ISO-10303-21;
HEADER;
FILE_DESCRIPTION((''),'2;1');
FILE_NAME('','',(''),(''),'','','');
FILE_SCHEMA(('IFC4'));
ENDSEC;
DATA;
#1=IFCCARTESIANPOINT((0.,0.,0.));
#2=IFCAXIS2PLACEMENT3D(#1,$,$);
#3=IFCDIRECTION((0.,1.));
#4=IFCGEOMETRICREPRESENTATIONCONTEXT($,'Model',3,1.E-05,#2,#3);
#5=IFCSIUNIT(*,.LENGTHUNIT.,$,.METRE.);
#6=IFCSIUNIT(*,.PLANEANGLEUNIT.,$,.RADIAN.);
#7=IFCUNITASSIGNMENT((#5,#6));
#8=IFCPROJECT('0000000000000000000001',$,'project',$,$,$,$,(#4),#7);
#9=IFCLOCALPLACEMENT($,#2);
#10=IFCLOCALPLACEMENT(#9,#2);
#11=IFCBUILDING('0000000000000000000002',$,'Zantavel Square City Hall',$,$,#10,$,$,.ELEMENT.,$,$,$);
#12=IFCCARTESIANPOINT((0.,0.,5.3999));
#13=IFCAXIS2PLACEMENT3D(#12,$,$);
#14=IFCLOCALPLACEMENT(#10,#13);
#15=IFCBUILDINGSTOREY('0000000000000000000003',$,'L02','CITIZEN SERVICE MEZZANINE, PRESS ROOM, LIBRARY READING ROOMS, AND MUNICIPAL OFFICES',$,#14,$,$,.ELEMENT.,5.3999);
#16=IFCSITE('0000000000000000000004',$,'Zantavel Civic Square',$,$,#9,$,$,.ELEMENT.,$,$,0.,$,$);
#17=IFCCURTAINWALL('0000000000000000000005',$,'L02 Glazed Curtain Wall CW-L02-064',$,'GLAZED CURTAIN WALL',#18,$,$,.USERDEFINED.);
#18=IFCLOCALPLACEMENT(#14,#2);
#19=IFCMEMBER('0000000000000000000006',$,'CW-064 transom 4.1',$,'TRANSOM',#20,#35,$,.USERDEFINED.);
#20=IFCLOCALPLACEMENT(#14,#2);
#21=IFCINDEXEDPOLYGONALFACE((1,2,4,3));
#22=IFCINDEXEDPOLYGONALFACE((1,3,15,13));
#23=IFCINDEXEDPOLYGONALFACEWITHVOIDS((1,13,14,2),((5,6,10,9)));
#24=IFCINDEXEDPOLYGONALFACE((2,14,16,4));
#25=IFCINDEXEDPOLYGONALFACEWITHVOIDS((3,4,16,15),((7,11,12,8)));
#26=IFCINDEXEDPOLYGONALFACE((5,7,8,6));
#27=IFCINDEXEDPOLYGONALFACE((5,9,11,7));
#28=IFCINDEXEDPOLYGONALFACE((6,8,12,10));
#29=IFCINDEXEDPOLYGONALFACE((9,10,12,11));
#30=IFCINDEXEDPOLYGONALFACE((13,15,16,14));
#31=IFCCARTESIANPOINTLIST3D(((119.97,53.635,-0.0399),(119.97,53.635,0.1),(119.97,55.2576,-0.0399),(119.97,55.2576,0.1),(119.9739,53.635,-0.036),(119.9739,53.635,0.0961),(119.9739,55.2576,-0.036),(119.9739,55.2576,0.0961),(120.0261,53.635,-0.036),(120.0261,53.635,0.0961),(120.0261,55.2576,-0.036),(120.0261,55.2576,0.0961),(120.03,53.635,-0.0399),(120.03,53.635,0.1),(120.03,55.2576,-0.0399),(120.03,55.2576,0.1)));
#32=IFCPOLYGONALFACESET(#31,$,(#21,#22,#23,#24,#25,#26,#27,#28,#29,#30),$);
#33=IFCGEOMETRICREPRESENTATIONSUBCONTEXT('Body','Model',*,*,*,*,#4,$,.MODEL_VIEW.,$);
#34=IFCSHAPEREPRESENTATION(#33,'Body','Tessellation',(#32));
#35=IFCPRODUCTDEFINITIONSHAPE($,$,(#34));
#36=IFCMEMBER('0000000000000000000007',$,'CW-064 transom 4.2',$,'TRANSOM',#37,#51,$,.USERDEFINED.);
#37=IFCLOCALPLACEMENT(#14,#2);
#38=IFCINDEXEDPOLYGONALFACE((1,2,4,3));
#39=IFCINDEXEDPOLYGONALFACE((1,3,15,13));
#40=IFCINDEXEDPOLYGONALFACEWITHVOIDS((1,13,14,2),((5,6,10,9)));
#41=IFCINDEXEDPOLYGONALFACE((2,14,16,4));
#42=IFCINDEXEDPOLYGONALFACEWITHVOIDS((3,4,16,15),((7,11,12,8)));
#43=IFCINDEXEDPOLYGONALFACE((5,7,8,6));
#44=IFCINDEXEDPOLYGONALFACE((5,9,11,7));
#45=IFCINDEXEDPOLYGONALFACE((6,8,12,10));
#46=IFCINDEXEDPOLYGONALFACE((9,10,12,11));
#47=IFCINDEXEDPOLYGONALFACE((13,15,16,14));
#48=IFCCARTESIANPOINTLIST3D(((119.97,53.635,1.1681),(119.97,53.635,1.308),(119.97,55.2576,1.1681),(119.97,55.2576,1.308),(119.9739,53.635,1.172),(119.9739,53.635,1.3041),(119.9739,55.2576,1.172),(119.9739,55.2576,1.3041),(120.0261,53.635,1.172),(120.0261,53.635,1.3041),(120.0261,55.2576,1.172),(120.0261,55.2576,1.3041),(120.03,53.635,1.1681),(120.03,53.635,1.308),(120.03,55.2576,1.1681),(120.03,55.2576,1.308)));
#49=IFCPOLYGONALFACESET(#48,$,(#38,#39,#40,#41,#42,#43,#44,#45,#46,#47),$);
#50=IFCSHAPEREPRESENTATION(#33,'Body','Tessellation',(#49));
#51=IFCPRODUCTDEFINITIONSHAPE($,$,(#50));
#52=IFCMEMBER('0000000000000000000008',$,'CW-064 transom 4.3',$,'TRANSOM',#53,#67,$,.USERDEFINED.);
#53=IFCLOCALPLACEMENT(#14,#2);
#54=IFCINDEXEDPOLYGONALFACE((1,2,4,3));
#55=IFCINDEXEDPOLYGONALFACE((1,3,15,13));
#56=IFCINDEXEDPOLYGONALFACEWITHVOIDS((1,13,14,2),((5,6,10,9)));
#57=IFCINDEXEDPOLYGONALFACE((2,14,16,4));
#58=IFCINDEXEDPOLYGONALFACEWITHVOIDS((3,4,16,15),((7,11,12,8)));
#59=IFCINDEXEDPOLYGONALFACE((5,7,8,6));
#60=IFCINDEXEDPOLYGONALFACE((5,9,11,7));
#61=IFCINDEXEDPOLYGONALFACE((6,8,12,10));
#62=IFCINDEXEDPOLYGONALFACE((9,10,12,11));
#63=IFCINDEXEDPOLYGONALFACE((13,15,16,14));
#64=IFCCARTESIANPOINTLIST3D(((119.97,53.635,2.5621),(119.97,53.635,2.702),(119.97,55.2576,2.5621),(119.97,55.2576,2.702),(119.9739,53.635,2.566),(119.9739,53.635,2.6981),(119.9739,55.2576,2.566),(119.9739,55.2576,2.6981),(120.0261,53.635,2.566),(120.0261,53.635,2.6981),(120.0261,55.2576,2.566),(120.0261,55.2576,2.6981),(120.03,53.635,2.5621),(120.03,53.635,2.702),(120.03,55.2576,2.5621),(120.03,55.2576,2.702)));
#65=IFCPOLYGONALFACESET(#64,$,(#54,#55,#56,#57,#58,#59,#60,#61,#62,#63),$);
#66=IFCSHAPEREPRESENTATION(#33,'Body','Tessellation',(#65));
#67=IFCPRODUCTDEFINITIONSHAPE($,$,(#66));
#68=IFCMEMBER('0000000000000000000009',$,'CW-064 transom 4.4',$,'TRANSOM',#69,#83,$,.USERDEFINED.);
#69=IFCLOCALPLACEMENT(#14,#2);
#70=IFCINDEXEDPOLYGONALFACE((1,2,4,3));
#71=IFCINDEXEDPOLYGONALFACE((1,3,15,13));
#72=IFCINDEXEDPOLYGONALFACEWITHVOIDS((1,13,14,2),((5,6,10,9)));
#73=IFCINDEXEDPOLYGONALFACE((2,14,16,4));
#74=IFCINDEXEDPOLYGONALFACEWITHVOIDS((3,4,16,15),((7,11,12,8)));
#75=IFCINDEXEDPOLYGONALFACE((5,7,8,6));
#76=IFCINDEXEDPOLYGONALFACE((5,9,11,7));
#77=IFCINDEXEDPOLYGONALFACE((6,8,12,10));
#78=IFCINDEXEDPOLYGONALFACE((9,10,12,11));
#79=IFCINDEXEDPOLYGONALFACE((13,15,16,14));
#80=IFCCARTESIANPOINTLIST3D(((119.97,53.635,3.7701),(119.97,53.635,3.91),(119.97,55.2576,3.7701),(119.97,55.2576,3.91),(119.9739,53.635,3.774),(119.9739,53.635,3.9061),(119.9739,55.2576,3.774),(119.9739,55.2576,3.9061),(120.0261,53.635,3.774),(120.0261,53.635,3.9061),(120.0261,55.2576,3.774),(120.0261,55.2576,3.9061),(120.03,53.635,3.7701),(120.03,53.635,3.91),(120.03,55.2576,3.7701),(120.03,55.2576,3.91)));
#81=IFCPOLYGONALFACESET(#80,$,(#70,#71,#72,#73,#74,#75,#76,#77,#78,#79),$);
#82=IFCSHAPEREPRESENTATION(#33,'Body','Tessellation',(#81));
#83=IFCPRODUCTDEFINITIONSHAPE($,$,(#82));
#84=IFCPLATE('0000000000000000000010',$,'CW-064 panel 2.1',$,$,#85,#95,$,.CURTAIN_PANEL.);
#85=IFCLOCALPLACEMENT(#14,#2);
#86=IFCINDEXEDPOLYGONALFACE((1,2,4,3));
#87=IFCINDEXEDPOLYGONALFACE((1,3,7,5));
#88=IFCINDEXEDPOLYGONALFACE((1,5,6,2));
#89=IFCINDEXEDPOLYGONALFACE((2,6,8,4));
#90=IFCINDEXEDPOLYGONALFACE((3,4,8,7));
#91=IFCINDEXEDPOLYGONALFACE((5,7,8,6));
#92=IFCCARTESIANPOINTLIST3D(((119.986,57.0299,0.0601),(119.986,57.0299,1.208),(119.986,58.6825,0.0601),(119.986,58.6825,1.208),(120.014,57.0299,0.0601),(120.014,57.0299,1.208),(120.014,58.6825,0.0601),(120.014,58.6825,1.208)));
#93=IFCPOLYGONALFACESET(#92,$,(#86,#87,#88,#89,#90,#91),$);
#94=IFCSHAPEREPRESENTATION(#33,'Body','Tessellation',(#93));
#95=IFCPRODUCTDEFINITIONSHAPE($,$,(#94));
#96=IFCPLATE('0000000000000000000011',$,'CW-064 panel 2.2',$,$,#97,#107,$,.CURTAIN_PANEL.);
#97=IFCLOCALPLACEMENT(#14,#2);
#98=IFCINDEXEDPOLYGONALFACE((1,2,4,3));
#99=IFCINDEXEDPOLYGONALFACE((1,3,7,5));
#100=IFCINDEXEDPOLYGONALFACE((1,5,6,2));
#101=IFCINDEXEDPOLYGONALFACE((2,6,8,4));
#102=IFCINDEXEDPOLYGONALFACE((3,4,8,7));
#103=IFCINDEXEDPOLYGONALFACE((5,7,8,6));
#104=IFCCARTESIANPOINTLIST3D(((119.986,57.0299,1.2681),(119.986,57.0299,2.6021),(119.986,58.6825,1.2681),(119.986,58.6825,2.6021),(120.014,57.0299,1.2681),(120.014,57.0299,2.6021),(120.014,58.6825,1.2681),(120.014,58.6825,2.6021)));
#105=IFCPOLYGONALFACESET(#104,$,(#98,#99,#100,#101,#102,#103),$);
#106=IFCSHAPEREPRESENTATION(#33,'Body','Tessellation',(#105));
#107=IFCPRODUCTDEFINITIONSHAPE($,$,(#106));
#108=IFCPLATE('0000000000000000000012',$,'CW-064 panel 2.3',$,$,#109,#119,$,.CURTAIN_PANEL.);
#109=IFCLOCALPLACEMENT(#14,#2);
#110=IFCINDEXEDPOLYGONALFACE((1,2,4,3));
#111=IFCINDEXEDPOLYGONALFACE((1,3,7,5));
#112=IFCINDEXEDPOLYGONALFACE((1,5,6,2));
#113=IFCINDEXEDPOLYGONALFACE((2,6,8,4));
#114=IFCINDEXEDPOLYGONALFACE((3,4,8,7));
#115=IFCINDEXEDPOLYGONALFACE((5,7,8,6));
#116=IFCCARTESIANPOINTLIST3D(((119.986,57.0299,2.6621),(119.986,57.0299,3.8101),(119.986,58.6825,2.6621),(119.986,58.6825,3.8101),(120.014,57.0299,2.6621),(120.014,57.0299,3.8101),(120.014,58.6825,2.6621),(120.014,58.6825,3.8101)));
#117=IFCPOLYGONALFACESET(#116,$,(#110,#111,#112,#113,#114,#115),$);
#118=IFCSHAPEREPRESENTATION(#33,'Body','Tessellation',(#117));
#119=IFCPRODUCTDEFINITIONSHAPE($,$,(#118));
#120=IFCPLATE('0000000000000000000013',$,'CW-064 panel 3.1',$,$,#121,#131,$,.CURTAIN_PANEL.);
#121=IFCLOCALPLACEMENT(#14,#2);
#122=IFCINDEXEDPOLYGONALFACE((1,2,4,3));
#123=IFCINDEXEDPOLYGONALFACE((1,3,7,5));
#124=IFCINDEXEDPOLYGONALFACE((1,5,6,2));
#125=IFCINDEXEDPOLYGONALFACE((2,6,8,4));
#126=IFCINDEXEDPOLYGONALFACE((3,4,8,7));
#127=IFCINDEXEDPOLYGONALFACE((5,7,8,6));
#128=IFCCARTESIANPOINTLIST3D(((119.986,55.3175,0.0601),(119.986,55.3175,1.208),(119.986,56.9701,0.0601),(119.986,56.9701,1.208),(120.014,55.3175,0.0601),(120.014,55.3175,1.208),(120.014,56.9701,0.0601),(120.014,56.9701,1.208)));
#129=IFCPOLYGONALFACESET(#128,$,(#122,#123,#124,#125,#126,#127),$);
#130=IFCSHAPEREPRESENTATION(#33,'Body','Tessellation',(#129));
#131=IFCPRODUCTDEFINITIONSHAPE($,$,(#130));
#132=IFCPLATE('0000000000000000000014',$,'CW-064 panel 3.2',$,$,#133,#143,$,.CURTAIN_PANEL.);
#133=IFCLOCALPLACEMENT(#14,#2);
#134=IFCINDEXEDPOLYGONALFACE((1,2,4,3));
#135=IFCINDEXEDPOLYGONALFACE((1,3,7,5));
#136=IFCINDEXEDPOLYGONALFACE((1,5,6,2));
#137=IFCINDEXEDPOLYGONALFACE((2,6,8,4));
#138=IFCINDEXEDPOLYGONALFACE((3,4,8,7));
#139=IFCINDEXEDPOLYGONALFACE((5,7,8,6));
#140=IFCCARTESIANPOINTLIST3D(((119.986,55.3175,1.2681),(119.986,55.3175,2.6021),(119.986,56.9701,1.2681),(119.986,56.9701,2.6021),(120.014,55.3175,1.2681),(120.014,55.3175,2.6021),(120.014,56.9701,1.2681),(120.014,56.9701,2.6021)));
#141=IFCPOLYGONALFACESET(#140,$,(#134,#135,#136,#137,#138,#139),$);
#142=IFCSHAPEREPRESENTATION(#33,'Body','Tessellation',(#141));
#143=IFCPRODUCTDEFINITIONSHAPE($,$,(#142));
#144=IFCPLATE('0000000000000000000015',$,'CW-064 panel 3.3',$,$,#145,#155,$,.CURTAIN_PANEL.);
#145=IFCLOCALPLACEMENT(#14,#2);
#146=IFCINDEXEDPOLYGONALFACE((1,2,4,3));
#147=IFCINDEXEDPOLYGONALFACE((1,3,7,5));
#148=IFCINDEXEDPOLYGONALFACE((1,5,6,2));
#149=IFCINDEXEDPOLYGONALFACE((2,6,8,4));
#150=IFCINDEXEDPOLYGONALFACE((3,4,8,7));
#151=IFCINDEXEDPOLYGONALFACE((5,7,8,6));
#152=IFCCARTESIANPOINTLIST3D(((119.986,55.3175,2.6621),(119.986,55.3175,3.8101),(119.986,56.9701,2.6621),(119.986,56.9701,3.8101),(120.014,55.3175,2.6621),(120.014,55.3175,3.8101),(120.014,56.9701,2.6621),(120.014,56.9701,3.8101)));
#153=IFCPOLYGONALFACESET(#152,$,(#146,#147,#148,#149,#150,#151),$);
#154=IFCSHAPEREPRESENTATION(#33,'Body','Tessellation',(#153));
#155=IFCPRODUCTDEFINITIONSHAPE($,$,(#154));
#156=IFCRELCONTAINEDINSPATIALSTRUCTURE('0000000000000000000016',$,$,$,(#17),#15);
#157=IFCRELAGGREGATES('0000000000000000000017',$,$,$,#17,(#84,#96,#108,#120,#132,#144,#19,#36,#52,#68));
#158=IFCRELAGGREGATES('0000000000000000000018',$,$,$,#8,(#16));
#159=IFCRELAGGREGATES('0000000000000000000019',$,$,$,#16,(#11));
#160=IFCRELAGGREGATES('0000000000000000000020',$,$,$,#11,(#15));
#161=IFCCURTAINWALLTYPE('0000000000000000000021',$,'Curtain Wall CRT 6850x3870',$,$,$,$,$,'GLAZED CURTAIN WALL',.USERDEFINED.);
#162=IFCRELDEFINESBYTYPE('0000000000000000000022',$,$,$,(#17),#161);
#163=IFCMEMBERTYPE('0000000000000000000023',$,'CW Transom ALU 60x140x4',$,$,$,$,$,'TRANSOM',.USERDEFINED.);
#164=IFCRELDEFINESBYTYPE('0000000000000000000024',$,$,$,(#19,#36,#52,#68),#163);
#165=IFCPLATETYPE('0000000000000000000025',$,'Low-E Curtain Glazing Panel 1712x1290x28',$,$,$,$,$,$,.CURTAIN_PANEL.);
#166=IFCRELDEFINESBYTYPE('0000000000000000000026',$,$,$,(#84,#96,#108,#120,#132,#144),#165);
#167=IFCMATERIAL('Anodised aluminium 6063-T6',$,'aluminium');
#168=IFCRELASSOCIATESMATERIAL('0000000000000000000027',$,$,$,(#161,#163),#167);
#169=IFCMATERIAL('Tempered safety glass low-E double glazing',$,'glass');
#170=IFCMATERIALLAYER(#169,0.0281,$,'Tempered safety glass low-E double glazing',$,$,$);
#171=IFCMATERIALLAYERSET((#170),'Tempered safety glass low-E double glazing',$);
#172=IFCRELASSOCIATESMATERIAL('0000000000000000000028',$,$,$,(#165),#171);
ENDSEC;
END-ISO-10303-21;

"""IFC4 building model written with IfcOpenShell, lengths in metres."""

from ifc_helpers import new_model, si_unit, direction, frame, origin, origin_2d, place, context, subcontext, project, spatial, rectangle, hollow_rectangle, extrude, material, layer, layer_set, material_profile, profile_set, type_object, element, aggregate, save


model = new_model("IFC4")

# Units and contexts
model_context = context("Model", 3, precision=1e-05, world=origin(), true_north=direction((0.0, 1.0)))
body_context = subcontext(model_context, "Body", "Model", "MODEL_VIEW")
ifc_project = project(units=[si_unit("LENGTHUNIT", "METRE"), si_unit("PLANEANGLEUNIT", "RADIAN")], contexts=[model_context])

# Site, building, storey
site_placement = place(None, origin())
site = spatial("IfcSite", under=ifc_project, at=site_placement, Name="Zantavel Civic Square", CompositionType="ELEMENT", RefElevation=0.0)
building_placement = place(site_placement, origin())
building = spatial("IfcBuilding", under=site, at=building_placement, Name="Zantavel Square City Hall", CompositionType="ELEMENT")
storey_placement = place(building_placement, frame((0.0, 0.0, 5.3999)))
storey = spatial("IfcBuildingStorey", under=building, at=storey_placement, Name="L02", Description="CITIZEN SERVICE MEZZANINE, PRESS ROOM, LIBRARY READING ROOMS, AND MUNICIPAL OFFICES", CompositionType="ELEMENT", Elevation=5.3999)

# Curtain wall, members, plates
ifc_material_1 = material(Name="Anodised aluminium 6063-T6", Category="aluminium")
curtain_wall_type = type_object("IfcCurtainWallType", Name="Curtain Wall CRT 6850x3870", ElementType="GLAZED CURTAIN WALL", PredefinedType="USERDEFINED", material=ifc_material_1)
curtain_wall_placement = place(storey_placement, origin())
curtain_wall = element("IfcCurtainWall", 1, at=curtain_wall_placement, inside=storey, type_object=curtain_wall_type, Name="L02 Glazed Curtain Wall CW-L02-064", ObjectType="GLAZED CURTAIN WALL", PredefinedType="USERDEFINED")
ifc_material_profile_1 = material_profile(ifc_material_1, hollow_rectangle(XDim=0.0601, YDim=0.1399, WallThickness=0.0039, at=origin_2d()), Name="ALU 60x140x4")
ifc_profile_set_1 = profile_set([ifc_material_profile_1], Name="Anodised aluminium 6063-T6")
member_type_1 = type_object("IfcMemberType", Name="CW Transom ALU 60x140x4", ElementType="TRANSOM", PredefinedType="USERDEFINED", material=ifc_profile_set_1)
member_1_placement = place(storey_placement, frame((120.0, 55.2576, 0.03), z_axis=(0.0, -1.0, 0.0), x_axis=(1.0, 0.0, 0.0)))
member_1 = element("IfcMember", 2, at=member_1_placement, type_object=member_type_1, Name="CW-064 transom 4.1", ObjectType="TRANSOM", PredefinedType="USERDEFINED", context=body_context, shape_type="SweptSolid", body=[
    extrude(hollow_rectangle(XDim=0.0601, YDim=0.1399, WallThickness=0.0039, at=origin_2d()), origin(), (0.0, 0.0, 1.0), 1.6226),
])
member_2_placement = place(storey_placement, frame((120.0, 55.2576, 1.238), z_axis=(0.0, -1.0, 0.0), x_axis=(1.0, 0.0, 0.0)))
member_2 = element("IfcMember", 3, at=member_2_placement, type_object=member_type_1, Name="CW-064 transom 4.2", ObjectType="TRANSOM", PredefinedType="USERDEFINED", context=body_context, shape_type="SweptSolid", body=[
    extrude(hollow_rectangle(XDim=0.0601, YDim=0.1399, WallThickness=0.0039, at=origin_2d()), origin(), (0.0, 0.0, 1.0), 1.6226),
])
member_3_placement = place(storey_placement, frame((120.0, 55.2576, 2.6321), z_axis=(0.0, -1.0, 0.0), x_axis=(1.0, 0.0, 0.0)))
member_3 = element("IfcMember", 4, at=member_3_placement, type_object=member_type_1, Name="CW-064 transom 4.3", ObjectType="TRANSOM", PredefinedType="USERDEFINED", context=body_context, shape_type="SweptSolid", body=[
    extrude(hollow_rectangle(XDim=0.0601, YDim=0.1399, WallThickness=0.0039, at=origin_2d()), origin(), (0.0, 0.0, 1.0), 1.6226),
])
member_4_placement = place(storey_placement, frame((120.0, 55.2576, 3.8401), z_axis=(0.0, -1.0, 0.0), x_axis=(1.0, 0.0, 0.0)))
member_4 = element("IfcMember", 5, at=member_4_placement, type_object=member_type_1, Name="CW-064 transom 4.4", ObjectType="TRANSOM", PredefinedType="USERDEFINED", context=body_context, shape_type="SweptSolid", body=[
    extrude(hollow_rectangle(XDim=0.0601, YDim=0.1399, WallThickness=0.0039, at=origin_2d()), origin(), (0.0, 0.0, 1.0), 1.6226),
])
ifc_material_2 = material(Name="Tempered safety glass low-E double glazing", Category="glass")
ifc_layer = layer(ifc_material_2, 0.0281, Name="Tempered safety glass low-E double glazing")
ifc_layer_set = layer_set([ifc_layer], Name="Tempered safety glass low-E double glazing")
plate_type = type_object("IfcPlateType", Name="Low-E Curtain Glazing Panel 1712x1290x28", PredefinedType="CURTAIN_PANEL", material=ifc_layer_set)
plate_1_placement = place(storey_placement, frame((120.0, 57.8562, 0.0601), z_axis=(0.0, 0.0, 1.0), x_axis=(0.0, -1.0, 0.0)))
plate_1 = element("IfcPlate", 6, at=plate_1_placement, type_object=plate_type, Name="CW-064 panel 2.1", PredefinedType="CURTAIN_PANEL", context=body_context, shape_type="SweptSolid", body=[
    extrude(rectangle(XDim=1.6526, YDim=0.0281, at=origin_2d()), origin(), (0.0, 0.0, 1.0), 1.1479),
])
plate_2_placement = place(storey_placement, frame((120.0, 57.8562, 1.2681), z_axis=(0.0, 0.0, 1.0), x_axis=(0.0, -1.0, 0.0)))
plate_2 = element("IfcPlate", 7, at=plate_2_placement, type_object=plate_type, Name="CW-064 panel 2.2", PredefinedType="CURTAIN_PANEL", context=body_context, shape_type="SweptSolid", body=[
    extrude(rectangle(XDim=1.6526, YDim=0.0281, at=origin_2d()), origin(), (0.0, 0.0, 1.0), 1.334),
])
plate_3_placement = place(storey_placement, frame((120.0, 57.8562, 2.6621), z_axis=(0.0, 0.0, 1.0), x_axis=(0.0, -1.0, 0.0)))
plate_3 = element("IfcPlate", 8, at=plate_3_placement, type_object=plate_type, Name="CW-064 panel 2.3", PredefinedType="CURTAIN_PANEL", context=body_context, shape_type="SweptSolid", body=[
    extrude(rectangle(XDim=1.6526, YDim=0.0281, at=origin_2d()), origin(), (0.0, 0.0, 1.0), 1.1479),
])
plate_4_placement = place(storey_placement, frame((120.0, 56.1438, 0.0601), z_axis=(0.0, 0.0, 1.0), x_axis=(0.0, -1.0, 0.0)))
plate_4 = element("IfcPlate", 9, at=plate_4_placement, type_object=plate_type, Name="CW-064 panel 3.1", PredefinedType="CURTAIN_PANEL", context=body_context, shape_type="SweptSolid", body=[
    extrude(rectangle(XDim=1.6526, YDim=0.0281, at=origin_2d()), origin(), (0.0, 0.0, 1.0), 1.1479),
])
plate_5_placement = place(storey_placement, frame((120.0, 56.1438, 1.2681), z_axis=(0.0, 0.0, 1.0), x_axis=(0.0, -1.0, 0.0)))
plate_5 = element("IfcPlate", 10, at=plate_5_placement, type_object=plate_type, Name="CW-064 panel 3.2", PredefinedType="CURTAIN_PANEL", context=body_context, shape_type="SweptSolid", body=[
    extrude(rectangle(XDim=1.6526, YDim=0.0281, at=origin_2d()), origin(), (0.0, 0.0, 1.0), 1.334),
])
plate_6_placement = place(storey_placement, frame((120.0, 56.1438, 2.6621), z_axis=(0.0, 0.0, 1.0), x_axis=(0.0, -1.0, 0.0)))
plate_6 = element("IfcPlate", 11, at=plate_6_placement, type_object=plate_type, Name="CW-064 panel 3.3", PredefinedType="CURTAIN_PANEL", context=body_context, shape_type="SweptSolid", body=[
    extrude(rectangle(XDim=1.6526, YDim=0.0281, at=origin_2d()), origin(), (0.0, 0.0, 1.0), 1.1479),
])
aggregate(curtain_wall, [plate_1, plate_2, plate_3, plate_4, plate_5, plate_6, member_1, member_2, member_3, member_4])

save(model, "model.ifc")
